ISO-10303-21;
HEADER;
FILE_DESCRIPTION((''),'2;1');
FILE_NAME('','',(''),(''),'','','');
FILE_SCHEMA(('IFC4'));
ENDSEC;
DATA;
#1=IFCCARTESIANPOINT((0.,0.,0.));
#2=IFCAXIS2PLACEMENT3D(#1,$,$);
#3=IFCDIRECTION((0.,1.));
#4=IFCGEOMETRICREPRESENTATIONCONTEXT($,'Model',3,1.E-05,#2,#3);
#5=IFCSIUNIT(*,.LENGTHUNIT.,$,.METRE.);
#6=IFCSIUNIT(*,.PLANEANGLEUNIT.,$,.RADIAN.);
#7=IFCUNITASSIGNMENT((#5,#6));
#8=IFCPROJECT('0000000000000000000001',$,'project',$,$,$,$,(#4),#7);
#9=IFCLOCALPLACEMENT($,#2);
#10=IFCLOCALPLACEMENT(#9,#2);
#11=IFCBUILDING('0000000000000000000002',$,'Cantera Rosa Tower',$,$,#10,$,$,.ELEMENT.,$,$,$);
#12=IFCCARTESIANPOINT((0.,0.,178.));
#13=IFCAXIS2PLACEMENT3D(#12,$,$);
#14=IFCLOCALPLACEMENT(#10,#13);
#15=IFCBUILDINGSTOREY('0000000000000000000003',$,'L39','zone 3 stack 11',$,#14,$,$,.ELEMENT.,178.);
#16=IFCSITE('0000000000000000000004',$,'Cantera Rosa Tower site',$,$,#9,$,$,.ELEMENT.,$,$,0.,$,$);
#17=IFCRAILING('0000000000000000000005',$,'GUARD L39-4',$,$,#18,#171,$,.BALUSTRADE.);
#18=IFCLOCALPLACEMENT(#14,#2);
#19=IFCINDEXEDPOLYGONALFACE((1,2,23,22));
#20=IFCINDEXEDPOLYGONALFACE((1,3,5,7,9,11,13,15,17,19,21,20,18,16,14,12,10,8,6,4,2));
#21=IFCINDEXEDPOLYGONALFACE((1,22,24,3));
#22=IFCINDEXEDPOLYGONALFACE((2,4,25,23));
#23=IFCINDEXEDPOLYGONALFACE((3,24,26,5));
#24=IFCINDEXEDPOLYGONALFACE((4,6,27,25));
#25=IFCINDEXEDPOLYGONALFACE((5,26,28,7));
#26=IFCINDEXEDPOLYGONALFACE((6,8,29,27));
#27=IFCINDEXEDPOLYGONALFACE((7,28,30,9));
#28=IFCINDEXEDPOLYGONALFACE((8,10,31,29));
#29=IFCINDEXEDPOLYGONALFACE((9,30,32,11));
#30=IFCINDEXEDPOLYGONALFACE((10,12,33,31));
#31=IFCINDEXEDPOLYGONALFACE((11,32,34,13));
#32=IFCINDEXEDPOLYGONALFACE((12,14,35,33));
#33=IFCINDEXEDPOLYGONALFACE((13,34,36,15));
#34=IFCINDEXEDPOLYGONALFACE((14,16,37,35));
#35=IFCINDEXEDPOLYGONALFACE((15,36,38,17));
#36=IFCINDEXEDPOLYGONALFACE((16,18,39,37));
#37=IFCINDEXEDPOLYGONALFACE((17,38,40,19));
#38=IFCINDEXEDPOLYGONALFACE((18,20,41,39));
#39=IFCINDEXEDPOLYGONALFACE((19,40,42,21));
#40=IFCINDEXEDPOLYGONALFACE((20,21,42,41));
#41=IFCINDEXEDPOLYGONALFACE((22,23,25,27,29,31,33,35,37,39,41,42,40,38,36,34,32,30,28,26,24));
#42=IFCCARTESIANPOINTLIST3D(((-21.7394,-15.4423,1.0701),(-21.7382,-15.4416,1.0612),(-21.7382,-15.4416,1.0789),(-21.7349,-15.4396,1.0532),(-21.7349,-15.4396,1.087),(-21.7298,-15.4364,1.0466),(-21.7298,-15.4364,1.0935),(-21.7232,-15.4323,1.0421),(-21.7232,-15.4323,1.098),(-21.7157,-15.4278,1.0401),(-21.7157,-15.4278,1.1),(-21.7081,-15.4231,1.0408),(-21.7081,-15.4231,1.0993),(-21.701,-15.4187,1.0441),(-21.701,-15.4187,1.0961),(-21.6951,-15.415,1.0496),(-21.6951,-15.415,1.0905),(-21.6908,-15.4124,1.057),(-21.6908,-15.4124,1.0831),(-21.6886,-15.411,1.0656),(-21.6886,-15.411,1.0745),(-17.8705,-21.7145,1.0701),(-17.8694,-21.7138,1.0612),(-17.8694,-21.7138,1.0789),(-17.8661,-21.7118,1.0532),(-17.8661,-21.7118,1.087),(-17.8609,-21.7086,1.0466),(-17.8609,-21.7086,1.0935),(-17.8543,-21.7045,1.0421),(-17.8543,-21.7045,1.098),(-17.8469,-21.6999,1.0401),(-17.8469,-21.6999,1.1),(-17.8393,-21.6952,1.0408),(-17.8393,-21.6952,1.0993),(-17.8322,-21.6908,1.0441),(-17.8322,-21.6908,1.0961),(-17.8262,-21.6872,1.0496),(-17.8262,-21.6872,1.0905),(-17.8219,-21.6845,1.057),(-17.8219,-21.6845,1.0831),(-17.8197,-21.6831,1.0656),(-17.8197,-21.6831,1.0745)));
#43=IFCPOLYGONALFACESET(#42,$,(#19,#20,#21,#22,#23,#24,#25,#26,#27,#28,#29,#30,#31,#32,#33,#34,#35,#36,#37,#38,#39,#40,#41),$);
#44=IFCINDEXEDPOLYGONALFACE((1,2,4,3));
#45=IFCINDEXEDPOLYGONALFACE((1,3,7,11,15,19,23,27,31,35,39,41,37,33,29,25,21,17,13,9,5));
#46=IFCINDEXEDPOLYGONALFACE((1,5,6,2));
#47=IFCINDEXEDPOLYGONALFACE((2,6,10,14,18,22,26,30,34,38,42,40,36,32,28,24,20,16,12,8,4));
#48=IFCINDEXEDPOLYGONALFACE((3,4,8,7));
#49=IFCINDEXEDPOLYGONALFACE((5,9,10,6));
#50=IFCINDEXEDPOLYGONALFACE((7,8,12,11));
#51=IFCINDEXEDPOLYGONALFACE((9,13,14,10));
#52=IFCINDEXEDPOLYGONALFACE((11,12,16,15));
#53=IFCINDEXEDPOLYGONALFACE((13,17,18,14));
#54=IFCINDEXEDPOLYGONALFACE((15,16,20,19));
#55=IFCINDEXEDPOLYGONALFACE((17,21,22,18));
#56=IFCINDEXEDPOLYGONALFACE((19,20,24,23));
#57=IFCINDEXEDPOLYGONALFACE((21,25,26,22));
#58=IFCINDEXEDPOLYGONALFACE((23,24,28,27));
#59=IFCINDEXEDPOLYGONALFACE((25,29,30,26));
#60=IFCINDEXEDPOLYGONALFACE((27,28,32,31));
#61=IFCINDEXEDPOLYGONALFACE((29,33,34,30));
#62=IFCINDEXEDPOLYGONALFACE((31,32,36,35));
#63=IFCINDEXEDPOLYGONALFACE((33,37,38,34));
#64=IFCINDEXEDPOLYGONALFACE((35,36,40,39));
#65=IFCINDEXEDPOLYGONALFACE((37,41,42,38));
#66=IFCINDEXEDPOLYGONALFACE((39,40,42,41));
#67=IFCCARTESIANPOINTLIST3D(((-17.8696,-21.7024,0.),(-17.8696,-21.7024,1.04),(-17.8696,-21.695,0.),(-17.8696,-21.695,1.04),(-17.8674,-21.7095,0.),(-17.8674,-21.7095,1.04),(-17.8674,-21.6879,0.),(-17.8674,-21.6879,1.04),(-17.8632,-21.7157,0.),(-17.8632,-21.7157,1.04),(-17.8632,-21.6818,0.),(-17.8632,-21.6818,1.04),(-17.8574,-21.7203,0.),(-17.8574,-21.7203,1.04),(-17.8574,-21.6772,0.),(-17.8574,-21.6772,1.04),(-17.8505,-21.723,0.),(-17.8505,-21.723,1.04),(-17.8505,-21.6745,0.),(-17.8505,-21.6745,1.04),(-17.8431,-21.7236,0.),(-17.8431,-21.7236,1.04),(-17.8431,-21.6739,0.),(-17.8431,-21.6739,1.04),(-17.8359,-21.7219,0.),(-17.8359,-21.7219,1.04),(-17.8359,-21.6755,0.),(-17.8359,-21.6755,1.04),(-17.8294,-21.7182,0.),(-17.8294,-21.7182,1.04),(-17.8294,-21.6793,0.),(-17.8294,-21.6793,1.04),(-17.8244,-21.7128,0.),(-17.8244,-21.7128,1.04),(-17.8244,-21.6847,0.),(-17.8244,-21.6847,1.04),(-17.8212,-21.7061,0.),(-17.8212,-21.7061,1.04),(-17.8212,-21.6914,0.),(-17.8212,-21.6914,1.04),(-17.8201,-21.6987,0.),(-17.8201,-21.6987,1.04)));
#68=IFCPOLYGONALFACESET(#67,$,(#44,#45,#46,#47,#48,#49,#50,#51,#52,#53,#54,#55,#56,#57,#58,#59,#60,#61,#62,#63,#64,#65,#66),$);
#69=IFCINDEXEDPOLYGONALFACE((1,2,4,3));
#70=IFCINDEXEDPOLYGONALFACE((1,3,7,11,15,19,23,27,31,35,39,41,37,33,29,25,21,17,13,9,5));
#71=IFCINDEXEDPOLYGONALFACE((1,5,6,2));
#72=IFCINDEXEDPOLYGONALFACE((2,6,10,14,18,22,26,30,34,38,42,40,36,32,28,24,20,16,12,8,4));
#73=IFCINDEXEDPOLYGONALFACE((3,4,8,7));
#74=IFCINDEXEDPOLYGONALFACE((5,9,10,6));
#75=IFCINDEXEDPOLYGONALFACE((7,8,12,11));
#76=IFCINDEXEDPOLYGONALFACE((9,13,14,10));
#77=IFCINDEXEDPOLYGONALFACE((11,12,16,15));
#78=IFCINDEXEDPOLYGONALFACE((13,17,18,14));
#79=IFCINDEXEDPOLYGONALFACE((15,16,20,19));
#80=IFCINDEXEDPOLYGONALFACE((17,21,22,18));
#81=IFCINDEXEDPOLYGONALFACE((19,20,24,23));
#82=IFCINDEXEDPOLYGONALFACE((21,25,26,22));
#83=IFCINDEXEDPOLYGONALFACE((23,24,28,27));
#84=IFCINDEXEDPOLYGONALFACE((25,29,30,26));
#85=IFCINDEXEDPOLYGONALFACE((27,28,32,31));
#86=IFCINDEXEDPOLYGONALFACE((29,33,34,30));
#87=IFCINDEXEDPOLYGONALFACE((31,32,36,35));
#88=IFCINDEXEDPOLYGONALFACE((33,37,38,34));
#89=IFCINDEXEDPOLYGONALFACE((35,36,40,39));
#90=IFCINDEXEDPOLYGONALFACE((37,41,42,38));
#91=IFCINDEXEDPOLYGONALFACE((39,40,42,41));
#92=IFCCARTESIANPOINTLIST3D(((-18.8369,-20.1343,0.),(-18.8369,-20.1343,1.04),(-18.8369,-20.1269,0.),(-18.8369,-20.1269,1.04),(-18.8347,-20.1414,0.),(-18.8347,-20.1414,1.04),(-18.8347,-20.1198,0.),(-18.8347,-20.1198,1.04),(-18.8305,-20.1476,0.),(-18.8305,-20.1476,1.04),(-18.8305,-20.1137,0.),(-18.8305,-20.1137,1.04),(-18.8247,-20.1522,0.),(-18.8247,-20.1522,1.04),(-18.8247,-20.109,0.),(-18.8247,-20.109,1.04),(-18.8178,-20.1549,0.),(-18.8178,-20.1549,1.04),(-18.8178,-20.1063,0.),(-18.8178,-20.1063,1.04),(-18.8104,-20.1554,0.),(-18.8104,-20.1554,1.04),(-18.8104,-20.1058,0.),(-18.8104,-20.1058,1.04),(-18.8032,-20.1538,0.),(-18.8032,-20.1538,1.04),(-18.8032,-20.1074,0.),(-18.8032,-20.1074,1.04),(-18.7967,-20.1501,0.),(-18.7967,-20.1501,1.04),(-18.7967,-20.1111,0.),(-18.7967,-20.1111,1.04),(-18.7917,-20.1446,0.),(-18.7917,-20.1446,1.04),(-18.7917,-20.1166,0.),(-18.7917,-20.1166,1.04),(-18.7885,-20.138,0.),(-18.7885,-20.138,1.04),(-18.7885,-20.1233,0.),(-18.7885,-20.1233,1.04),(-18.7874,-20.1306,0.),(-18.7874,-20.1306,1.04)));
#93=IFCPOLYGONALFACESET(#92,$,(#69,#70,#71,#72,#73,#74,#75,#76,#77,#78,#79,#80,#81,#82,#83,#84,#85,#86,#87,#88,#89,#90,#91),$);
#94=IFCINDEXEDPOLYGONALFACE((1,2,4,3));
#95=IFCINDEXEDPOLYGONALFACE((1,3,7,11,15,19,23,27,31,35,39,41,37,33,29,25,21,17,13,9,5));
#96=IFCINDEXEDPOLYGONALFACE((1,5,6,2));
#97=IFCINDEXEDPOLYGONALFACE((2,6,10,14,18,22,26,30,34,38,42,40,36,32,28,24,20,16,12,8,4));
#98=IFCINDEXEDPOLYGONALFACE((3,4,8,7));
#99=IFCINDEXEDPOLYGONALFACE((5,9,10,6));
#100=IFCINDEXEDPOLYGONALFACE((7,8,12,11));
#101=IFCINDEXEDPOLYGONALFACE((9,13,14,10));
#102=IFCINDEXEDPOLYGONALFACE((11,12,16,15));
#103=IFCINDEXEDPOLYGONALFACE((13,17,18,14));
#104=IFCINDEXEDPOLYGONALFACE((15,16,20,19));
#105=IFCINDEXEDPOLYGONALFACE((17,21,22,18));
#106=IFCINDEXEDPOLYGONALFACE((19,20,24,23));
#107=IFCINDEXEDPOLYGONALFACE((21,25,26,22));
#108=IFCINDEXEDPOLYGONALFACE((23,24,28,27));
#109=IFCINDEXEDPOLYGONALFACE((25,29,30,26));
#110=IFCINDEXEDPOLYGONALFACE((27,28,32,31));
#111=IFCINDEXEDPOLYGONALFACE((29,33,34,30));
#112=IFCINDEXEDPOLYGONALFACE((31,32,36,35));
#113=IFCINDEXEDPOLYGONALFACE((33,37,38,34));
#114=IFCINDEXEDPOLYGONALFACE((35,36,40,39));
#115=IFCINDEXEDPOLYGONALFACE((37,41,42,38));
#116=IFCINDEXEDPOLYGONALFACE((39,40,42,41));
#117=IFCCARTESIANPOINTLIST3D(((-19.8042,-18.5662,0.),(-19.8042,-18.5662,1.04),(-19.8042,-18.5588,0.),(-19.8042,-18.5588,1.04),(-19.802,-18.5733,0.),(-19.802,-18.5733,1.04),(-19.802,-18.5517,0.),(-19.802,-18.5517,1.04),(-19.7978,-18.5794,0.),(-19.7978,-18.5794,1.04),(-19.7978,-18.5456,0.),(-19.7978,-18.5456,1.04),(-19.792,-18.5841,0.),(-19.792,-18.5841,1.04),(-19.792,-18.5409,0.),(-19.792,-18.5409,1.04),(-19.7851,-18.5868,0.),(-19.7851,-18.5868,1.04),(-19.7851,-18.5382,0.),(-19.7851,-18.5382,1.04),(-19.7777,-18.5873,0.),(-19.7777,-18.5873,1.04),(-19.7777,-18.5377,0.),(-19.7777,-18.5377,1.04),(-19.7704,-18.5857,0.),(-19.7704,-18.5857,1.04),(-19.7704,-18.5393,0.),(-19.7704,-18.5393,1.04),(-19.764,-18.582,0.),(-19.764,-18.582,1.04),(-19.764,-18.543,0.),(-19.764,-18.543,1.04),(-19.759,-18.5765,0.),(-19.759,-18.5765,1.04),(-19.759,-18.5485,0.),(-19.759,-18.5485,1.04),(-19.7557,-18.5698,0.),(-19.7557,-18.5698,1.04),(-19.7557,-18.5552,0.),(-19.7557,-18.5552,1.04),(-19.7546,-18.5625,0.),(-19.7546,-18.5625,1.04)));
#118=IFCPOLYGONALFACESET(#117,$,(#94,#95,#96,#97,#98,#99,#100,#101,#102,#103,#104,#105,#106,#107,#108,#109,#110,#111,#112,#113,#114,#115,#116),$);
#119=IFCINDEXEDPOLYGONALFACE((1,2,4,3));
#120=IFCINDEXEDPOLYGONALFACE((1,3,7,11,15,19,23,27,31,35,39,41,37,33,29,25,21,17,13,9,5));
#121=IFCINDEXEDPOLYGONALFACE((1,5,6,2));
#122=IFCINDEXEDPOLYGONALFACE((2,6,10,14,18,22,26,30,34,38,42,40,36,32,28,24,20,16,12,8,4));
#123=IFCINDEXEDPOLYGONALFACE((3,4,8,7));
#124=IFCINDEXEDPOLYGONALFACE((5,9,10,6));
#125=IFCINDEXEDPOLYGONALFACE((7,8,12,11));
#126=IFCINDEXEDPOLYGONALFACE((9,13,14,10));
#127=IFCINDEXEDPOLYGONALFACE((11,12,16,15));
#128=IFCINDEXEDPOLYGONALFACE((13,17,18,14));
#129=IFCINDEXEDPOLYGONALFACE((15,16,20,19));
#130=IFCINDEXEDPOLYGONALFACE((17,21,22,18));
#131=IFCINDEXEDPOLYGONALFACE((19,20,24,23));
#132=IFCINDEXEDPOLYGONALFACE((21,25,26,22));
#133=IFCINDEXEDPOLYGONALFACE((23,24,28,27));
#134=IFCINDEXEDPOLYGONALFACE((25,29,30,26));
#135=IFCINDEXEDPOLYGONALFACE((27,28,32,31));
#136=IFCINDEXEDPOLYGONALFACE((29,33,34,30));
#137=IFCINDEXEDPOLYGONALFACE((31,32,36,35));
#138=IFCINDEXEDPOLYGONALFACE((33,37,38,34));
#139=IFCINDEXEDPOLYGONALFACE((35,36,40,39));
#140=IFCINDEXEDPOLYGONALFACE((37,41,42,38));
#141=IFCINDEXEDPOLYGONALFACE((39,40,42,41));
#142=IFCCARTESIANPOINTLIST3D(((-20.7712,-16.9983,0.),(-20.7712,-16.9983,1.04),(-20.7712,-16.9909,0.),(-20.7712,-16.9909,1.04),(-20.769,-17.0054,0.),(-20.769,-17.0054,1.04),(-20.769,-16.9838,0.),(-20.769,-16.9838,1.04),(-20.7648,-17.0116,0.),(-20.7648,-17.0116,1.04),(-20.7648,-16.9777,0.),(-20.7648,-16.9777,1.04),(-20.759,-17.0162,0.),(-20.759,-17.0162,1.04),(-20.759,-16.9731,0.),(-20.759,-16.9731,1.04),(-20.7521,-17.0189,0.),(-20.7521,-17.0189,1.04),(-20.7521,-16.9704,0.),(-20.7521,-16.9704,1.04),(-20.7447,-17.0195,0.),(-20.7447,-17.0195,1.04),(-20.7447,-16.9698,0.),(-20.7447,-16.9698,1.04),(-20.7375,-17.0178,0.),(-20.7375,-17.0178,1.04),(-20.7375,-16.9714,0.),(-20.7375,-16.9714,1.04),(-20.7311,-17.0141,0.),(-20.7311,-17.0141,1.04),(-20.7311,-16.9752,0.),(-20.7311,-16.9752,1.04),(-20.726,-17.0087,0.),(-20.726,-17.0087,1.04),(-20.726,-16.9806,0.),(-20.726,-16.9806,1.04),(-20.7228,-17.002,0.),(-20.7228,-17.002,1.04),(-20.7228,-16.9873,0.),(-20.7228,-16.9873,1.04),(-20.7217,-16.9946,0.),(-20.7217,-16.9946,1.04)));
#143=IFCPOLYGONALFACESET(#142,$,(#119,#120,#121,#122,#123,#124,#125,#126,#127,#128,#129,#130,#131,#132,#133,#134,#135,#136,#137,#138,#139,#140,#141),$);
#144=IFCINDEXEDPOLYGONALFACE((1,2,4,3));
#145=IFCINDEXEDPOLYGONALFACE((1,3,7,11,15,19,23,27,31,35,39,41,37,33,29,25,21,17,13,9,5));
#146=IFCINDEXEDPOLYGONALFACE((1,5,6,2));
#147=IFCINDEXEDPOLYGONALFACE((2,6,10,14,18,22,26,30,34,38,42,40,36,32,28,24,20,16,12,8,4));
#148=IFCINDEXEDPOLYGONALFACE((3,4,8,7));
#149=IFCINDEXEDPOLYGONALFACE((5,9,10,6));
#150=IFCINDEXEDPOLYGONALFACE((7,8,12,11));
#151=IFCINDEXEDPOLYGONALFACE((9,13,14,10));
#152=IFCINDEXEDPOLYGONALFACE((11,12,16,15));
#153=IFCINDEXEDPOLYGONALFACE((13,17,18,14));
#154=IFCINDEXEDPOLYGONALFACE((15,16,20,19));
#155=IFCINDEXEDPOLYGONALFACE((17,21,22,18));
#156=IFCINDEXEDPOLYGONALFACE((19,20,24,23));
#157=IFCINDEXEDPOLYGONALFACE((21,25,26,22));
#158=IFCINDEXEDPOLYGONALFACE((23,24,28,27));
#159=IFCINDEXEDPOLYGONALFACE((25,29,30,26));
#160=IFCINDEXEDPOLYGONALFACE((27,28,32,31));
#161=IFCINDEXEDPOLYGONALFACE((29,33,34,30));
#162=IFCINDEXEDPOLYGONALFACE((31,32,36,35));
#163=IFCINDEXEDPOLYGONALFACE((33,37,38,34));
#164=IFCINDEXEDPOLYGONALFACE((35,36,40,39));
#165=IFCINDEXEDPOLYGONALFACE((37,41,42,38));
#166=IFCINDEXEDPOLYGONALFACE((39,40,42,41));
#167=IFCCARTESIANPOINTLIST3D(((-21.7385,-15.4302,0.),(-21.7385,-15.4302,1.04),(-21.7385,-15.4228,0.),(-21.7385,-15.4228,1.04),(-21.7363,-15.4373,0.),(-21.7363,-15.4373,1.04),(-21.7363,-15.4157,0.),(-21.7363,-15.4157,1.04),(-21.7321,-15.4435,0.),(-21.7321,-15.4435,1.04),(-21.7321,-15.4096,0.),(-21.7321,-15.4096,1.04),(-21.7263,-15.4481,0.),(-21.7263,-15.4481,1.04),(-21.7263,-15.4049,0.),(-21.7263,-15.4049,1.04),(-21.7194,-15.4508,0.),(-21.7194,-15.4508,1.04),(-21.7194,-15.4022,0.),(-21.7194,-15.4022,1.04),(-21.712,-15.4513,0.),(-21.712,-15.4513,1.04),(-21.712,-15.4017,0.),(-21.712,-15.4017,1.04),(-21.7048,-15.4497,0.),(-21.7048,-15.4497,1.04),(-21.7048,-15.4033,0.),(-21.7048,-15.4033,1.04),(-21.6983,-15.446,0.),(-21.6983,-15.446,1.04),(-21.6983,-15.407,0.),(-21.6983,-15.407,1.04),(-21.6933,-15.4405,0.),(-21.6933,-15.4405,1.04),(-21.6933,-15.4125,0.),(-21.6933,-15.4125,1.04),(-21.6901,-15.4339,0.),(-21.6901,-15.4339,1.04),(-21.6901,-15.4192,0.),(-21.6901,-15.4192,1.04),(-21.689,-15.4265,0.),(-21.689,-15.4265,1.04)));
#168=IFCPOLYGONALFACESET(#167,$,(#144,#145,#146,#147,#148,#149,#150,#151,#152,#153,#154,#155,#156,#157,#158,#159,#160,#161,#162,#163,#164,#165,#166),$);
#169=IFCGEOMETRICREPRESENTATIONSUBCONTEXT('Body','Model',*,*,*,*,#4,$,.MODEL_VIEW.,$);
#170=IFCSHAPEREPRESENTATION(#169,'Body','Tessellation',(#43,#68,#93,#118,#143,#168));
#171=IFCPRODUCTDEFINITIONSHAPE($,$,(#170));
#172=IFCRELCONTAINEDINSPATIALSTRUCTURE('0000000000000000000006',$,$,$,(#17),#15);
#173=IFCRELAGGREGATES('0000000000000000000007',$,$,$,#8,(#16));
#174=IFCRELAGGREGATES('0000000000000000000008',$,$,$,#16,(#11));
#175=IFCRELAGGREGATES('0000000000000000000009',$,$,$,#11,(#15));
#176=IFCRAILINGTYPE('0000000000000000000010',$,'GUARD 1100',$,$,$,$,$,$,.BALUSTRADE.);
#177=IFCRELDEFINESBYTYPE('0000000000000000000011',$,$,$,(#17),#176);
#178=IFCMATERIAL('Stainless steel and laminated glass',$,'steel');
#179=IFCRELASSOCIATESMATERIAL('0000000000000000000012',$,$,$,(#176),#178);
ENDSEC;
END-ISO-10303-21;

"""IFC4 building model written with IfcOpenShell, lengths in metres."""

from ifc_helpers import new_model, si_unit, direction, frame, origin, origin_2d, place, context, subcontext, project, spatial, circle, extrude, material, type_object, element, save


model = new_model("IFC4")

# Units and contexts
model_context = context("Model", 3, precision=1e-05, world=origin(), true_north=direction((0.0, 1.0)))
body_context = subcontext(model_context, "Body", "Model", "MODEL_VIEW")
ifc_project = project(units=[si_unit("LENGTHUNIT", "METRE"), si_unit("PLANEANGLEUNIT", "RADIAN")], contexts=[model_context])

# Site, building, storey
site_placement = place(None, origin())
site = spatial("IfcSite", under=ifc_project, at=site_placement, Name="Cantera Rosa Tower site", CompositionType="ELEMENT", RefElevation=0.0)
building_placement = place(site_placement, origin())
building = spatial("IfcBuilding", under=site, at=building_placement, Name="Cantera Rosa Tower", CompositionType="ELEMENT")
storey_placement = place(building_placement, frame((0.0, 0.0, 178.0)))
storey = spatial("IfcBuildingStorey", under=building, at=storey_placement, Name="L39", Description="zone 3 stack 11", CompositionType="ELEMENT", Elevation=178.0)

# Railing
ifc_material_1 = material(Name="Stainless steel and laminated glass", Category="steel")
railing_type = type_object("IfcRailingType", Name="GUARD 1100", PredefinedType="BALUSTRADE", material=ifc_material_1)
railing_1_placement = place(storey_placement, frame((-17.845, -21.6987, 0.0)))
element("IfcRailing", 1, at=railing_1_placement, inside=storey, type_object=railing_type, Name="GUARD L39-4", PredefinedType="BALUSTRADE", context=body_context, shape_type="SweptSolid", body=[
    extrude(circle(Radius=0.03, at=origin_2d()), frame((0.0, 0.0, 1.0701), z_axis=(-0.52499, 0.851108, 0.0), x_axis=(-0.851108, -0.52499, 0.0)), (0.0, 0.0, 1.0), 7.3694),
    extrude(circle(Radius=0.0249, at=origin_2d()), origin(), (0.0, 0.0, 1.0), 1.04),
    extrude(circle(Radius=0.0249, at=origin_2d()), frame((-0.9673, 1.5681, 0.0)), (0.0, 0.0, 1.0), 1.04),
    extrude(circle(Radius=0.0249, at=origin_2d()), frame((-1.9346, 3.1362, 0.0)), (0.0, 0.0, 1.0), 1.04),
    extrude(circle(Radius=0.0249, at=origin_2d()), frame((-2.9016, 4.7041, 0.0)), (0.0, 0.0, 1.0), 1.04),
    extrude(circle(Radius=0.0249, at=origin_2d()), frame((-3.8689, 6.2722, 0.0)), (0.0, 0.0, 1.0), 1.04),
])

save(model, "model.ifc")
